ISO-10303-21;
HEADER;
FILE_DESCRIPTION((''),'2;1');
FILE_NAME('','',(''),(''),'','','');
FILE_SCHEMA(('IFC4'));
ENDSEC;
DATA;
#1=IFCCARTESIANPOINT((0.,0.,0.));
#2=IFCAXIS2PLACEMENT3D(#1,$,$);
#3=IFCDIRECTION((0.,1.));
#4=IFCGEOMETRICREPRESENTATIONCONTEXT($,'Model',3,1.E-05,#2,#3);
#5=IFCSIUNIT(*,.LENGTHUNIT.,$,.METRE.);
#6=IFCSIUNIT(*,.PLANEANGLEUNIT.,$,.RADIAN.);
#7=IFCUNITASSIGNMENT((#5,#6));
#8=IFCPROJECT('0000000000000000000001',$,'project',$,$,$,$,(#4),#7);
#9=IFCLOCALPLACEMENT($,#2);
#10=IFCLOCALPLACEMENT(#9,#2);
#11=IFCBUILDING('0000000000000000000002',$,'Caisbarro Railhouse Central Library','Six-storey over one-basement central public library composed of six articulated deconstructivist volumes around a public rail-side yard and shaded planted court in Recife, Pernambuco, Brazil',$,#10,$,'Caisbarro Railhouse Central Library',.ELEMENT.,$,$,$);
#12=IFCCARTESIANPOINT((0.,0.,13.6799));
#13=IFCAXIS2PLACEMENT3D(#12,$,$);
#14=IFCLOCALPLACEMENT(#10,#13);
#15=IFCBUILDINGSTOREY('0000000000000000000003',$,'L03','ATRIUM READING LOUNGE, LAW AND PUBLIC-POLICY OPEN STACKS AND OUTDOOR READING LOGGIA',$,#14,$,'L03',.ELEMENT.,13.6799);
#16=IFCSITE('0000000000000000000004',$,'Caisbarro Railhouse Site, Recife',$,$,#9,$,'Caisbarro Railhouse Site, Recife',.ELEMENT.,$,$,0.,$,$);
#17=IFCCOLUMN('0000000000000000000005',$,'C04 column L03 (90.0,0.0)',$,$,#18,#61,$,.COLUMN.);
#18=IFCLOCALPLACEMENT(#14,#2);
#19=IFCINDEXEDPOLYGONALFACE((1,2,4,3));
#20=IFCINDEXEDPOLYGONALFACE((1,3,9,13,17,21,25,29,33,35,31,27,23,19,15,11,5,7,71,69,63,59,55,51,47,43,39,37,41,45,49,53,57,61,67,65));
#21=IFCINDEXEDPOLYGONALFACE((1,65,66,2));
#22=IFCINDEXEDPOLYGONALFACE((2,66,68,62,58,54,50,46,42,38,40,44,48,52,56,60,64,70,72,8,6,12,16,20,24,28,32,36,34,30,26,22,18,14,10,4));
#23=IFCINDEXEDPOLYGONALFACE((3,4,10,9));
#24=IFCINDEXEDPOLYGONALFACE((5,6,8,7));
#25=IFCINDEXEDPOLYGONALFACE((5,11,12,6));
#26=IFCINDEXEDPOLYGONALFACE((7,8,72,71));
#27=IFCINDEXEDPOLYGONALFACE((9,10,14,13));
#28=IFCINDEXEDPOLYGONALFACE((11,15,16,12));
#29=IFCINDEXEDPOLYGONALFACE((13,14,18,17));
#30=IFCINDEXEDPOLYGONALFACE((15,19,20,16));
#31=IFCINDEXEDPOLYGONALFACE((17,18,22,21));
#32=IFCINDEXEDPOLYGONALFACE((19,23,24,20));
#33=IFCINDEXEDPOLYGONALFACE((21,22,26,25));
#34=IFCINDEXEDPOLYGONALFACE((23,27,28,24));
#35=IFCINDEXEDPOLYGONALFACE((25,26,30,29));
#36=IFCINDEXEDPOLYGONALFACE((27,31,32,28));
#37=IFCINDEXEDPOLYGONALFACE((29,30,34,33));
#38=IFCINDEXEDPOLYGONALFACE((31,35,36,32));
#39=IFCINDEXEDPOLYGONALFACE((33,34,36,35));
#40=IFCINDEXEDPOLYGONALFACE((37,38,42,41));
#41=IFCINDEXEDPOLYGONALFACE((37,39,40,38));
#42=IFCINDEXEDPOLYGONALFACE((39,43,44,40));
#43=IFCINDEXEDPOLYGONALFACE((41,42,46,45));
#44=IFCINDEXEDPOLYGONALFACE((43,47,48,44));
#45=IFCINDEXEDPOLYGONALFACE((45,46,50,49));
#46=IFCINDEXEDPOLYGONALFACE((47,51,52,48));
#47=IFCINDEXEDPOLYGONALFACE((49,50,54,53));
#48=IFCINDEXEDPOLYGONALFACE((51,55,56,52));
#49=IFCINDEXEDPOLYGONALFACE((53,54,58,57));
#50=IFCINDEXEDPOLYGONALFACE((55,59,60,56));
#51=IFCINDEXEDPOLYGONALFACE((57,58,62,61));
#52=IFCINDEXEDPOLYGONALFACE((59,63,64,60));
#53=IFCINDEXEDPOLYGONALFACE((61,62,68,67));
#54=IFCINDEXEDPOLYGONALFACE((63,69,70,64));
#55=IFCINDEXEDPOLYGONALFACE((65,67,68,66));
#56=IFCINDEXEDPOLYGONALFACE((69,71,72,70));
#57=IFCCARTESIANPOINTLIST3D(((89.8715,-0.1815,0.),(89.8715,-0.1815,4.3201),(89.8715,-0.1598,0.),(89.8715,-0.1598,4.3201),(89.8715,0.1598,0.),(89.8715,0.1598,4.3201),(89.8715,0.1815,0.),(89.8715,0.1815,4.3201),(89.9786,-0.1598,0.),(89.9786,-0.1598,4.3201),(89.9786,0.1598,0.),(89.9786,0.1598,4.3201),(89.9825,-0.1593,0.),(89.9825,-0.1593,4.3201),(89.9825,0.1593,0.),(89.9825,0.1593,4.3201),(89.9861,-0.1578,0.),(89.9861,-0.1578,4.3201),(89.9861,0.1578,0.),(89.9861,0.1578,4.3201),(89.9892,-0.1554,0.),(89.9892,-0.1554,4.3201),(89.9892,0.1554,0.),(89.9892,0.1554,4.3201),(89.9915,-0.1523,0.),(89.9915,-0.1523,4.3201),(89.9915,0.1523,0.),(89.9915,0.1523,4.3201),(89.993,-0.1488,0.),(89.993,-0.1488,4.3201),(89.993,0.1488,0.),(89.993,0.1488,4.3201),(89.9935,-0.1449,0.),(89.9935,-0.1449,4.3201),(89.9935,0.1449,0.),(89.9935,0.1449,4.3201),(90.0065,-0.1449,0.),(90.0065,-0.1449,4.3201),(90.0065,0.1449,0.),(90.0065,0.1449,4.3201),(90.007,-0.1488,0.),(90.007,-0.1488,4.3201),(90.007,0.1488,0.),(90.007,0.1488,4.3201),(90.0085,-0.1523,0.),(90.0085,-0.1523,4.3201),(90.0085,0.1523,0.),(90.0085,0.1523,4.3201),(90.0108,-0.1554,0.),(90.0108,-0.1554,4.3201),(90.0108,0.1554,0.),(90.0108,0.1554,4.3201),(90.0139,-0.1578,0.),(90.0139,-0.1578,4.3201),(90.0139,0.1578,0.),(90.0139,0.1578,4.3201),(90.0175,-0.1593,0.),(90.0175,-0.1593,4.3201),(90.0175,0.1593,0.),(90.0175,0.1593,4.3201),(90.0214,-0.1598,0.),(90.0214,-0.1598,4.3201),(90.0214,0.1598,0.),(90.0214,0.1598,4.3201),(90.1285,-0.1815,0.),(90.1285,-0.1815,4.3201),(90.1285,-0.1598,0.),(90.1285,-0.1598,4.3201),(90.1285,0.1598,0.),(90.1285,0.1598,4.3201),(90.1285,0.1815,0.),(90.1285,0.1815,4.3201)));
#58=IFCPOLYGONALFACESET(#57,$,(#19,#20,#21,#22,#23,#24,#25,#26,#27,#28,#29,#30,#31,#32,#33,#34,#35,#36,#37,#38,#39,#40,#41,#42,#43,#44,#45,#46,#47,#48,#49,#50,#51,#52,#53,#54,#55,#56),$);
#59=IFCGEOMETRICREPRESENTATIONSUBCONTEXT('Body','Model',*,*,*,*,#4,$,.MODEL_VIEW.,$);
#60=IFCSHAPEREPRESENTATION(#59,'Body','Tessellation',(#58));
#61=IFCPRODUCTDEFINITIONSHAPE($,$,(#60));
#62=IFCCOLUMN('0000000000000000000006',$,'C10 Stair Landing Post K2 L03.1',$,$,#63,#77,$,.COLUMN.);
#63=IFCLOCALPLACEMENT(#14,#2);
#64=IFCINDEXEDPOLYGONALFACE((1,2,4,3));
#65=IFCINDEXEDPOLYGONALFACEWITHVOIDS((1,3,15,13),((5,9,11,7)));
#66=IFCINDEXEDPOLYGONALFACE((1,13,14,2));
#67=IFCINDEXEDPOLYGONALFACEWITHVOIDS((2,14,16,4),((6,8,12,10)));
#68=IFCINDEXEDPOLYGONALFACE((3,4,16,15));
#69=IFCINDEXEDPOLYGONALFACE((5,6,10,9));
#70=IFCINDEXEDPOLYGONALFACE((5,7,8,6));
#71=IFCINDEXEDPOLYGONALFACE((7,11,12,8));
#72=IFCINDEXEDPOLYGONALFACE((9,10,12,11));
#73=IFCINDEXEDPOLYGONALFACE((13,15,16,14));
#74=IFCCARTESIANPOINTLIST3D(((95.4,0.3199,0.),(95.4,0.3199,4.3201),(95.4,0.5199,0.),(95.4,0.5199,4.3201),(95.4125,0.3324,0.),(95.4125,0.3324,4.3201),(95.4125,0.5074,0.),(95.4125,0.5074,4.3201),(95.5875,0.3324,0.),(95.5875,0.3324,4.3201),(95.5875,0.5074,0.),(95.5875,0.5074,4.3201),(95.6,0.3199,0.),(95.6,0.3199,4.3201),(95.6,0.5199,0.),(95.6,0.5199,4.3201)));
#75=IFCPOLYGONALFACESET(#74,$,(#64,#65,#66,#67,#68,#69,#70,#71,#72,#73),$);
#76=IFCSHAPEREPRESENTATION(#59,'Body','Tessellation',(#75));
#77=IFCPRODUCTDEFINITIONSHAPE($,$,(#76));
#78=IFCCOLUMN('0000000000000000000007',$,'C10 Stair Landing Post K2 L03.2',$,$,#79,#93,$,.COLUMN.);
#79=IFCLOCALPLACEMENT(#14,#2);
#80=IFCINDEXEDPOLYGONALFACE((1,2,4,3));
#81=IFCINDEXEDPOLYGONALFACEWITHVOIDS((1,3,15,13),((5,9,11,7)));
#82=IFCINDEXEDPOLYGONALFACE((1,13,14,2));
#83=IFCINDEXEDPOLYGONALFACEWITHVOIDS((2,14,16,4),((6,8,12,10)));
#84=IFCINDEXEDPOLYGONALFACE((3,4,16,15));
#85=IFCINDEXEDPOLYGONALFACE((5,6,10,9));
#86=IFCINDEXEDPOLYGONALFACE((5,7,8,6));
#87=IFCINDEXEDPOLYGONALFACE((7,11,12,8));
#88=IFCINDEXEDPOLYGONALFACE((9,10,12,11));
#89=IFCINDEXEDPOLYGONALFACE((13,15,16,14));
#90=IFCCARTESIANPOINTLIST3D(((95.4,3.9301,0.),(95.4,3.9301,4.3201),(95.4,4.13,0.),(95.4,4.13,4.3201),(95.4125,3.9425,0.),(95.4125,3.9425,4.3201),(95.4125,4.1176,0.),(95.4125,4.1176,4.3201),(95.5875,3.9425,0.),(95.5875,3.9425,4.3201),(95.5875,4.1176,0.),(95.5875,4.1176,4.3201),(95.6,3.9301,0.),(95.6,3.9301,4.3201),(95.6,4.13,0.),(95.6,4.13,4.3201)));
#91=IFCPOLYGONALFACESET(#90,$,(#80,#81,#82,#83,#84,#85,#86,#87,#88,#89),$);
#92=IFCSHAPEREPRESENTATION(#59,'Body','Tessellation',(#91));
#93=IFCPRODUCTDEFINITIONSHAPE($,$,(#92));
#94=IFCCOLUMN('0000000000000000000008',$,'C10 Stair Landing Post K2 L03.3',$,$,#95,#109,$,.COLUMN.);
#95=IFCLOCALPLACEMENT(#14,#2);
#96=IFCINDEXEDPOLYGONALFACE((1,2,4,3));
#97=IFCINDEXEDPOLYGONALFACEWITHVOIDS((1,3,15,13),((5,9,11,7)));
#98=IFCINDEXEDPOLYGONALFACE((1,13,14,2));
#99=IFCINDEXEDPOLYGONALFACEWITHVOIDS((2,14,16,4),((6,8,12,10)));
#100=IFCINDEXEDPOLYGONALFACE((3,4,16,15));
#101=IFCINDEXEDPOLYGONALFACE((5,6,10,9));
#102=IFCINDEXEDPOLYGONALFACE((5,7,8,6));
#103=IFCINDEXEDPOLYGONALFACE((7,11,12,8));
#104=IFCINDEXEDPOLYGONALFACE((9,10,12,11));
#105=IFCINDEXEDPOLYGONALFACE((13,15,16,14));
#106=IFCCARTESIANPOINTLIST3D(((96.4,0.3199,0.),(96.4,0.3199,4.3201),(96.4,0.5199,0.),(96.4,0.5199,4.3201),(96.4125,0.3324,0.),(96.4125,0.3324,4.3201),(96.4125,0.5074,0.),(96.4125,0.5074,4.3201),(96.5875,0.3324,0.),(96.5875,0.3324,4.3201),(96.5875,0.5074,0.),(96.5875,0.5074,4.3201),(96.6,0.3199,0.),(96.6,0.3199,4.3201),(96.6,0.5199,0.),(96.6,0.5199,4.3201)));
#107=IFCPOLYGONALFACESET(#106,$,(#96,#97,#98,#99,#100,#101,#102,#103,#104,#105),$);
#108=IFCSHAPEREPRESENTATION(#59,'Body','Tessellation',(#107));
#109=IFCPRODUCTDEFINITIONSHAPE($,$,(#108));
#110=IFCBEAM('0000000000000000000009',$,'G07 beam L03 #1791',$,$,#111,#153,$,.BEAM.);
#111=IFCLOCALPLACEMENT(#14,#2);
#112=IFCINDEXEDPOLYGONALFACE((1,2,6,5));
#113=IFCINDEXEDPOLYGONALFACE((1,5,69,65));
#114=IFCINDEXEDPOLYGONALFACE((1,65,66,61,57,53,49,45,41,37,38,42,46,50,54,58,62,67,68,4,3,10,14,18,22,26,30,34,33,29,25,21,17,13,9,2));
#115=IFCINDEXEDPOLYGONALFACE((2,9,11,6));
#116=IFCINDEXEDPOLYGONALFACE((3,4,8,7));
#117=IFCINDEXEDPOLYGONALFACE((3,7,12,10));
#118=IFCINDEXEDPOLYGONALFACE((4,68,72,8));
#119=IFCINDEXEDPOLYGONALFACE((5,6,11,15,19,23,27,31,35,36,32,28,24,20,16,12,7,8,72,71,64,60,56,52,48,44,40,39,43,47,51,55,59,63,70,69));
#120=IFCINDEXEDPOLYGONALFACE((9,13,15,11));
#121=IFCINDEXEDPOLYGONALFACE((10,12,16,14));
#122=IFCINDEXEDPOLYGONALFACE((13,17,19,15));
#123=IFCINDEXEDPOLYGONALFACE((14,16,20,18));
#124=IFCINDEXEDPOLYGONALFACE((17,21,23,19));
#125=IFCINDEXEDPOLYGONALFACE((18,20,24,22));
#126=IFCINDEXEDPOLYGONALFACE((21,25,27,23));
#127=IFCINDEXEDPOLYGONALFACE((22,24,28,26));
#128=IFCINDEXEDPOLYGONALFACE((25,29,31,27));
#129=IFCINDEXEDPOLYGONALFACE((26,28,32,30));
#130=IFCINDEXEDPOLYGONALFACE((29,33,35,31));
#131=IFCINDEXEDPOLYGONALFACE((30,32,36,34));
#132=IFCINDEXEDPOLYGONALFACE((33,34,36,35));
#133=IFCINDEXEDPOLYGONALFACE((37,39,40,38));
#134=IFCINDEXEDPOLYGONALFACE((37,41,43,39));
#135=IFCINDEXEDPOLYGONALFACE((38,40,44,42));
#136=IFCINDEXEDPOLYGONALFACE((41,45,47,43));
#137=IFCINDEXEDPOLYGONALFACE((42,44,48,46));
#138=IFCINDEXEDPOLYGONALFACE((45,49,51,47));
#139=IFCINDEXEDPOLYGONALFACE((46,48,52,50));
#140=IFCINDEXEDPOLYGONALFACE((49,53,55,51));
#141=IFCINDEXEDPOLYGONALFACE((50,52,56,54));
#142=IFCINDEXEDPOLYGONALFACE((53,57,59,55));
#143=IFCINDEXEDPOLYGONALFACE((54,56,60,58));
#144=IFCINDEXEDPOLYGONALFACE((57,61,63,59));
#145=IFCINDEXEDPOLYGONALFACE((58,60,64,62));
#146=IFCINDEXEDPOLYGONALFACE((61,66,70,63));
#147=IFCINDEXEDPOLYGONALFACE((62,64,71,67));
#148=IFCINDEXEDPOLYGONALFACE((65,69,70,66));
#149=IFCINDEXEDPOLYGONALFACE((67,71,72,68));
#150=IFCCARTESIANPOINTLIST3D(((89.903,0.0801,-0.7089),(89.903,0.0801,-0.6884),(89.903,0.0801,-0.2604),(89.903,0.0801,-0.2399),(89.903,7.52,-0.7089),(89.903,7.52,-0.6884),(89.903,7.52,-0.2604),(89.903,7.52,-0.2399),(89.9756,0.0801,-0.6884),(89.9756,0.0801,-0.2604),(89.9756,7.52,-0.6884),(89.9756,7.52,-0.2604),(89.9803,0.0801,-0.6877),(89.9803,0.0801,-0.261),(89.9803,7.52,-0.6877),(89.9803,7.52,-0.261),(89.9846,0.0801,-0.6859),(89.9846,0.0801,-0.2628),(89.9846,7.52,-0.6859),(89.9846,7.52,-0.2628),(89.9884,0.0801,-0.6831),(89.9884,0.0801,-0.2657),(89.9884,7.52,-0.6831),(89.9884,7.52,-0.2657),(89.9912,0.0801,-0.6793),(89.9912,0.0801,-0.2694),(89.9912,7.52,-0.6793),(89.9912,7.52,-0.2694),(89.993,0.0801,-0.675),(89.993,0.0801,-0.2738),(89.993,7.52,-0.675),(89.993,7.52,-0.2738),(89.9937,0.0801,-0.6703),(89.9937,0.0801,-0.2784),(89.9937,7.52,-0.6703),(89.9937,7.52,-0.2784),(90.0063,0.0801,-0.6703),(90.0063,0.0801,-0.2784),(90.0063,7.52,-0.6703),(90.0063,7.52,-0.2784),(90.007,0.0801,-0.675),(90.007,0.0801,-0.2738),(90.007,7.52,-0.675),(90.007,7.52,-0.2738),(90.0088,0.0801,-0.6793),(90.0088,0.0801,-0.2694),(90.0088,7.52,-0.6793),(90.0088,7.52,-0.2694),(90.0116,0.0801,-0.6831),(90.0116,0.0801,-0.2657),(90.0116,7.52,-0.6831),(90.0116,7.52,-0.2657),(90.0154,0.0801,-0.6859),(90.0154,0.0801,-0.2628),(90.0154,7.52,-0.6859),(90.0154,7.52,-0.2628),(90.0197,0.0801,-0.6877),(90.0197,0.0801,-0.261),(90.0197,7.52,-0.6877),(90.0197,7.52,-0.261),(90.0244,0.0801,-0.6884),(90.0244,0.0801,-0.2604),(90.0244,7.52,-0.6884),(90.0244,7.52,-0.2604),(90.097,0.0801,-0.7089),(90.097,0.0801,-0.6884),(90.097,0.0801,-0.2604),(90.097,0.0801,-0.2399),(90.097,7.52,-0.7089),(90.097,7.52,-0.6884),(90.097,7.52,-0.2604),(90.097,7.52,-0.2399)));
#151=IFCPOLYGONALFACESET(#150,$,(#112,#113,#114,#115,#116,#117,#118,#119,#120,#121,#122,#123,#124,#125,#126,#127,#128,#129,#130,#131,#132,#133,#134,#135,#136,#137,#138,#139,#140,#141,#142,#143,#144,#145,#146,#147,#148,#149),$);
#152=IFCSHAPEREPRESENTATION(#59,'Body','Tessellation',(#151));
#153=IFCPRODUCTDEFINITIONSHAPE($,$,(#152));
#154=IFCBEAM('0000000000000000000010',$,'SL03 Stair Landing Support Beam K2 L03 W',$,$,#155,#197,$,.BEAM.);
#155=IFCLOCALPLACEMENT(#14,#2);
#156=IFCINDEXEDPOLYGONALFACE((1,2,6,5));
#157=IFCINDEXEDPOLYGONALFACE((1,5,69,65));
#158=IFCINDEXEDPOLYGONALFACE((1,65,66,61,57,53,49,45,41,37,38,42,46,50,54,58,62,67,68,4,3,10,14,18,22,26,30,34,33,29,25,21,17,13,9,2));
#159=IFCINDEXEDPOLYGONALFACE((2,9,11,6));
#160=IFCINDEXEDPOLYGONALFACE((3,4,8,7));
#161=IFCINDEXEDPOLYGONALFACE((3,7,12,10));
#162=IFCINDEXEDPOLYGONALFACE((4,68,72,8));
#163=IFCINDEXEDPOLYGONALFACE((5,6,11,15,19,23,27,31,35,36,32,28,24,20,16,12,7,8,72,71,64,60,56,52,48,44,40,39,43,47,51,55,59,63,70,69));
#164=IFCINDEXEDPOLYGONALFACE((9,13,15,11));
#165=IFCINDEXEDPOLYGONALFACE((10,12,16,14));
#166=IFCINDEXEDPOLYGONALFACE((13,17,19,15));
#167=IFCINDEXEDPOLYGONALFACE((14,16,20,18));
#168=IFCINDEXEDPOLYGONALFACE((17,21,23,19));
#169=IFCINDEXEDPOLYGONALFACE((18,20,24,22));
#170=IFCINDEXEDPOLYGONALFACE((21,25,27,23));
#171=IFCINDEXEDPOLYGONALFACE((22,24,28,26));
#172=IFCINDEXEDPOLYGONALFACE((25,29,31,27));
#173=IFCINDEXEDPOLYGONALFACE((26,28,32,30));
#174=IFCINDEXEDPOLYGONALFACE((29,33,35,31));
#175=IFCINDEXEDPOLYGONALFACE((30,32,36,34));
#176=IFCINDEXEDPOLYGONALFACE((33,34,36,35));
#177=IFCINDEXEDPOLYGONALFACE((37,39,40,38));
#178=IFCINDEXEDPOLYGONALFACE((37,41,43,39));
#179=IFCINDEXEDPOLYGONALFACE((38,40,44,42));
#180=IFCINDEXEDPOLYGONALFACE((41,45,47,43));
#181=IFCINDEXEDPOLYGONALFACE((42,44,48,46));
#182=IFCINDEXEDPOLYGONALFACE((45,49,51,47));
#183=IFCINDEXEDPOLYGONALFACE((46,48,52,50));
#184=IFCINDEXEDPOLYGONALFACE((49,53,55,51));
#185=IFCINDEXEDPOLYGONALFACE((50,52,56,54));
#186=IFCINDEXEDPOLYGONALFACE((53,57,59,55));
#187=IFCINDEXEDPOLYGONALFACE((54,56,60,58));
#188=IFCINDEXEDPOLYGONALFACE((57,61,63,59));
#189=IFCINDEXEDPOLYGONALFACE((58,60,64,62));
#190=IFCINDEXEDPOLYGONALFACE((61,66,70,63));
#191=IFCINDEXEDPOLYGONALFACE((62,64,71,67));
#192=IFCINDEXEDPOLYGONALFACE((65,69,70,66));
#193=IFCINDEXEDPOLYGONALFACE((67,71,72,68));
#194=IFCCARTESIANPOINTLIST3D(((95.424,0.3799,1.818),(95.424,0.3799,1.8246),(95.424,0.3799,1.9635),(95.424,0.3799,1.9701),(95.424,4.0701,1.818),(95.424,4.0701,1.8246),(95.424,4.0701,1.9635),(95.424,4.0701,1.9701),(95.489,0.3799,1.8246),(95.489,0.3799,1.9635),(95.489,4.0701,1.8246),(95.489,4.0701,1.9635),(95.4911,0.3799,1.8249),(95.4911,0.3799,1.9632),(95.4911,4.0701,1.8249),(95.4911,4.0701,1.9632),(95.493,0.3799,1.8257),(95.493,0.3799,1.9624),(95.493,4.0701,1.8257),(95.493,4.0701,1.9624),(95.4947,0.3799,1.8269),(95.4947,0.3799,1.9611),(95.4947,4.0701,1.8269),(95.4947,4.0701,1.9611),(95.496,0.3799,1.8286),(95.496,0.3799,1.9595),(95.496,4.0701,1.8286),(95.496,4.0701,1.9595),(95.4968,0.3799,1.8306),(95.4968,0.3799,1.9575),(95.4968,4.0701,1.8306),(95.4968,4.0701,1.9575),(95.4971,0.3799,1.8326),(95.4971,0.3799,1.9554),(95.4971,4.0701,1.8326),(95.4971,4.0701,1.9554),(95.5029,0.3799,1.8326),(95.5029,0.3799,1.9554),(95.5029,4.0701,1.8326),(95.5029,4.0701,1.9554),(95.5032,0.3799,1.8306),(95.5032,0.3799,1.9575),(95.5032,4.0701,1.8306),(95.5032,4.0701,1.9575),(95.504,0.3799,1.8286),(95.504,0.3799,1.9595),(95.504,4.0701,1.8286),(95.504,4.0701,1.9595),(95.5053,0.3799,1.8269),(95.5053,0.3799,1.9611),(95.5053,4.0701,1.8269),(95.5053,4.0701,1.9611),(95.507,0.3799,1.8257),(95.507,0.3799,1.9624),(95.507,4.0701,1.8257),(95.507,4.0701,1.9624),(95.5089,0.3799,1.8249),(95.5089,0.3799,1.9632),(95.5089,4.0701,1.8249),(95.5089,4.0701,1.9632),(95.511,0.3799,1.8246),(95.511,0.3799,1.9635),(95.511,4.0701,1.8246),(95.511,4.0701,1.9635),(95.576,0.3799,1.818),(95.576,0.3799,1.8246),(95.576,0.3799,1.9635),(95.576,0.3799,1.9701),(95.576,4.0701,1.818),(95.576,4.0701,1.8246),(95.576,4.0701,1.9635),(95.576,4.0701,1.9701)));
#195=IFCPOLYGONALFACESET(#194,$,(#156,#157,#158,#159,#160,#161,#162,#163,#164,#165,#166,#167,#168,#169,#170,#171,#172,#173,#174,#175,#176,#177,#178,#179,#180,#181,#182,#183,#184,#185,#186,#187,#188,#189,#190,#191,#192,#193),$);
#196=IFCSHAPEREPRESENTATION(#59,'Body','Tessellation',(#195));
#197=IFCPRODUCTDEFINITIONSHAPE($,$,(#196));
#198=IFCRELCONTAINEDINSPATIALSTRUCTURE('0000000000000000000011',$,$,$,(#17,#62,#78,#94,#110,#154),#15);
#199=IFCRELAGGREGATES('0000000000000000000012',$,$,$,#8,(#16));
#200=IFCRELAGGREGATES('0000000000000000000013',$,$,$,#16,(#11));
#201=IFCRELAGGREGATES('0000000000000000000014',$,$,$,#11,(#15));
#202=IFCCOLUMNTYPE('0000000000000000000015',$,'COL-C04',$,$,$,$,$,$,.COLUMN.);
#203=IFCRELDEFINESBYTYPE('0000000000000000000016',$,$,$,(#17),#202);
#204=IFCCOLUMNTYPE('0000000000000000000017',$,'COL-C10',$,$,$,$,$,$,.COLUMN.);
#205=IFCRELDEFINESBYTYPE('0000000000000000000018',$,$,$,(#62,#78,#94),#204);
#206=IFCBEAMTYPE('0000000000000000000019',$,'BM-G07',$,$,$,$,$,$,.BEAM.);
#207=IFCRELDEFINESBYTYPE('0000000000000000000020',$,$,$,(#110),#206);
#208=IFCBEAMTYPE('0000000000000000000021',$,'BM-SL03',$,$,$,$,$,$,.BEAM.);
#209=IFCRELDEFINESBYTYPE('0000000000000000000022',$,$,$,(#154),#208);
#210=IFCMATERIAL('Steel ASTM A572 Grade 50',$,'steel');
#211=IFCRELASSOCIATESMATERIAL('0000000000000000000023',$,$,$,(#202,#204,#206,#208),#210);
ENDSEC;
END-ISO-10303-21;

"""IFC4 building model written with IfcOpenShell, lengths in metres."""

from ifc_helpers import new_model, si_unit, direction, frame, origin, origin_2d, place, context, subcontext, project, spatial, hollow_rectangle, i_section, extrude, material, material_profile, profile_set, type_object, element, save


model = new_model("IFC4")

# Units and contexts
model_context = context("Model", 3, precision=1e-05, world=origin(), true_north=direction((0.0, 1.0)))
body_context = subcontext(model_context, "Body", "Model", "MODEL_VIEW")
ifc_project = project(units=[si_unit("LENGTHUNIT", "METRE"), si_unit("PLANEANGLEUNIT", "RADIAN")], contexts=[model_context])

# Site, building, storey
site_placement = place(None, origin())
site = spatial("IfcSite", under=ifc_project, at=site_placement, Name="Caisbarro Railhouse Site, Recife", LongName="Caisbarro Railhouse Site, Recife", CompositionType="ELEMENT", RefElevation=0.0)
building_placement = place(site_placement, origin())
building = spatial("IfcBuilding", under=site, at=building_placement, Name="Caisbarro Railhouse Central Library", Description="Six-storey over one-basement central public library composed of six articulated deconstructivist volumes around a public rail-side yard and shaded planted court in Recife, Pernambuco, Brazil", LongName="Caisbarro Railhouse Central Library", CompositionType="ELEMENT")
storey_placement = place(building_placement, frame((0.0, 0.0, 13.6799)))
storey = spatial("IfcBuildingStorey", under=building, at=storey_placement, Name="L03", Description="ATRIUM READING LOUNGE, LAW AND PUBLIC-POLICY OPEN STACKS AND OUTDOOR READING LOGGIA", LongName="L03", CompositionType="ELEMENT", Elevation=13.6799)

# Columns
ifc_material_1 = material(Name="Steel ASTM A572 Grade 50", Category="steel")
ifc_material_profile_1 = material_profile(ifc_material_1, i_section(OverallWidth=0.2571, OverallDepth=0.363, WebThickness=0.0129, FlangeThickness=0.0217, FilletRadius=0.0149, at=origin_2d()), Name="W360X122.0")
ifc_profile_set_1 = profile_set([ifc_material_profile_1], Name="Steel ASTM A572 Grade 50")
column_type_1 = type_object("IfcColumnType", Name="COL-C04", PredefinedType="COLUMN", material=ifc_profile_set_1)
column_placement = place(storey_placement, frame((90.0, 0.0, 0.0), z_axis=(0.0, 0.0, 1.0), x_axis=(1.0, 0.0, 0.0)))
element("IfcColumn", 1, at=column_placement, inside=storey, type_object=column_type_1, Name="C04 column L03 (90.0,0.0)", PredefinedType="COLUMN", context=body_context, shape_type="SweptSolid", body=[
    extrude(i_section(OverallWidth=0.2571, OverallDepth=0.363, WebThickness=0.0129, FlangeThickness=0.0217, FilletRadius=0.0149, at=origin_2d()), origin(), (0.0, 0.0, 1.0), 4.3201),
])
ifc_material_profile_2 = material_profile(ifc_material_1, hollow_rectangle(XDim=0.2, YDim=0.2, WallThickness=0.0125, at=origin_2d()), Name="HSS200X200X12.5")
ifc_profile_set_2 = profile_set([ifc_material_profile_2], Name="Steel ASTM A572 Grade 50")
column_type_2 = type_object("IfcColumnType", Name="COL-C10", PredefinedType="COLUMN", material=ifc_profile_set_2)
for number, where, z_axis, x_axis, name in (
    (2, (95.5, 0.4199, 0.0), (0.0, 0.0, 1.0), (1.0, 0.0, 0.0), "C10 Stair Landing Post K2 L03.1"),
    (3, (95.5, 4.03, 0.0), (0.0, 0.0, 1.0), (1.0, 0.0, 0.0), "C10 Stair Landing Post K2 L03.2"),
    (4, (96.5, 0.4199, 0.0), (0.0, 0.0, 1.0), (1.0, 0.0, 0.0), "C10 Stair Landing Post K2 L03.3"),
):
    element("IfcColumn", number, at=place(storey_placement, frame(where, z_axis=z_axis, x_axis=x_axis)), inside=storey, type_object=column_type_2, Name=name, PredefinedType="COLUMN", context=body_context, shape_type="SweptSolid", body=[
        extrude(hollow_rectangle(XDim=0.2, YDim=0.2, WallThickness=0.0125, at=origin_2d()), origin(), (0.0, 0.0, 1.0), 4.3201),
    ])

# Beams
ifc_material_profile_3 = material_profile(ifc_material_1, i_section(OverallWidth=0.1941, OverallDepth=0.469, WebThickness=0.0127, FlangeThickness=0.0205, FilletRadius=0.0181, at=origin_2d()), Name="W460X106.0")
ifc_profile_set_3 = profile_set([ifc_material_profile_3], Name="Steel ASTM A572 Grade 50")
beam_type_1 = type_object("IfcBeamType", Name="BM-G07", PredefinedType="BEAM", material=ifc_profile_set_3)
beam_1_placement = place(storey_placement, frame((90.0, 0.0801, -0.4744), z_axis=(0.0, 1.0, 0.0), x_axis=(-1.0, 0.0, 0.0)))
element("IfcBeam", 5, at=beam_1_placement, inside=storey, type_object=beam_type_1, Name="G07 beam L03 #1791", PredefinedType="BEAM", context=body_context, shape_type="SweptSolid", body=[
    extrude(i_section(OverallWidth=0.1941, OverallDepth=0.469, WebThickness=0.0127, FlangeThickness=0.0205, FilletRadius=0.0181, at=origin_2d()), origin(), (0.0, 0.0, 1.0), 7.4399),
])
ifc_material_profile_4 = material_profile(ifc_material_1, i_section(OverallWidth=0.1521, OverallDepth=0.1521, WebThickness=0.0059, FlangeThickness=0.0066, FilletRadius=0.0081, at=origin_2d()), Name="W150X22.5")
ifc_profile_set_4 = profile_set([ifc_material_profile_4], Name="Steel ASTM A572 Grade 50")
beam_type_2 = type_object("IfcBeamType", Name="BM-SL03", PredefinedType="BEAM", material=ifc_profile_set_4)
for number, where, z_axis, x_axis, name in (
    (6, (95.5, 0.3799, 1.894), (0.0, 1.0, 0.0), (-1.0, 0.0, 0.0), "SL03 Stair Landing Support Beam K2 L03 W"),
):
    element("IfcBeam", number, at=place(storey_placement, frame(where, z_axis=z_axis, x_axis=x_axis)), inside=storey, type_object=beam_type_2, Name=name, PredefinedType="BEAM", context=body_context, shape_type="SweptSolid", body=[
        extrude(i_section(OverallWidth=0.1521, OverallDepth=0.1521, WebThickness=0.0059, FlangeThickness=0.0066, FilletRadius=0.0081, at=origin_2d()), origin(), (0.0, 0.0, 1.0), 3.6902),
    ])

save(model, "model.ifc")
